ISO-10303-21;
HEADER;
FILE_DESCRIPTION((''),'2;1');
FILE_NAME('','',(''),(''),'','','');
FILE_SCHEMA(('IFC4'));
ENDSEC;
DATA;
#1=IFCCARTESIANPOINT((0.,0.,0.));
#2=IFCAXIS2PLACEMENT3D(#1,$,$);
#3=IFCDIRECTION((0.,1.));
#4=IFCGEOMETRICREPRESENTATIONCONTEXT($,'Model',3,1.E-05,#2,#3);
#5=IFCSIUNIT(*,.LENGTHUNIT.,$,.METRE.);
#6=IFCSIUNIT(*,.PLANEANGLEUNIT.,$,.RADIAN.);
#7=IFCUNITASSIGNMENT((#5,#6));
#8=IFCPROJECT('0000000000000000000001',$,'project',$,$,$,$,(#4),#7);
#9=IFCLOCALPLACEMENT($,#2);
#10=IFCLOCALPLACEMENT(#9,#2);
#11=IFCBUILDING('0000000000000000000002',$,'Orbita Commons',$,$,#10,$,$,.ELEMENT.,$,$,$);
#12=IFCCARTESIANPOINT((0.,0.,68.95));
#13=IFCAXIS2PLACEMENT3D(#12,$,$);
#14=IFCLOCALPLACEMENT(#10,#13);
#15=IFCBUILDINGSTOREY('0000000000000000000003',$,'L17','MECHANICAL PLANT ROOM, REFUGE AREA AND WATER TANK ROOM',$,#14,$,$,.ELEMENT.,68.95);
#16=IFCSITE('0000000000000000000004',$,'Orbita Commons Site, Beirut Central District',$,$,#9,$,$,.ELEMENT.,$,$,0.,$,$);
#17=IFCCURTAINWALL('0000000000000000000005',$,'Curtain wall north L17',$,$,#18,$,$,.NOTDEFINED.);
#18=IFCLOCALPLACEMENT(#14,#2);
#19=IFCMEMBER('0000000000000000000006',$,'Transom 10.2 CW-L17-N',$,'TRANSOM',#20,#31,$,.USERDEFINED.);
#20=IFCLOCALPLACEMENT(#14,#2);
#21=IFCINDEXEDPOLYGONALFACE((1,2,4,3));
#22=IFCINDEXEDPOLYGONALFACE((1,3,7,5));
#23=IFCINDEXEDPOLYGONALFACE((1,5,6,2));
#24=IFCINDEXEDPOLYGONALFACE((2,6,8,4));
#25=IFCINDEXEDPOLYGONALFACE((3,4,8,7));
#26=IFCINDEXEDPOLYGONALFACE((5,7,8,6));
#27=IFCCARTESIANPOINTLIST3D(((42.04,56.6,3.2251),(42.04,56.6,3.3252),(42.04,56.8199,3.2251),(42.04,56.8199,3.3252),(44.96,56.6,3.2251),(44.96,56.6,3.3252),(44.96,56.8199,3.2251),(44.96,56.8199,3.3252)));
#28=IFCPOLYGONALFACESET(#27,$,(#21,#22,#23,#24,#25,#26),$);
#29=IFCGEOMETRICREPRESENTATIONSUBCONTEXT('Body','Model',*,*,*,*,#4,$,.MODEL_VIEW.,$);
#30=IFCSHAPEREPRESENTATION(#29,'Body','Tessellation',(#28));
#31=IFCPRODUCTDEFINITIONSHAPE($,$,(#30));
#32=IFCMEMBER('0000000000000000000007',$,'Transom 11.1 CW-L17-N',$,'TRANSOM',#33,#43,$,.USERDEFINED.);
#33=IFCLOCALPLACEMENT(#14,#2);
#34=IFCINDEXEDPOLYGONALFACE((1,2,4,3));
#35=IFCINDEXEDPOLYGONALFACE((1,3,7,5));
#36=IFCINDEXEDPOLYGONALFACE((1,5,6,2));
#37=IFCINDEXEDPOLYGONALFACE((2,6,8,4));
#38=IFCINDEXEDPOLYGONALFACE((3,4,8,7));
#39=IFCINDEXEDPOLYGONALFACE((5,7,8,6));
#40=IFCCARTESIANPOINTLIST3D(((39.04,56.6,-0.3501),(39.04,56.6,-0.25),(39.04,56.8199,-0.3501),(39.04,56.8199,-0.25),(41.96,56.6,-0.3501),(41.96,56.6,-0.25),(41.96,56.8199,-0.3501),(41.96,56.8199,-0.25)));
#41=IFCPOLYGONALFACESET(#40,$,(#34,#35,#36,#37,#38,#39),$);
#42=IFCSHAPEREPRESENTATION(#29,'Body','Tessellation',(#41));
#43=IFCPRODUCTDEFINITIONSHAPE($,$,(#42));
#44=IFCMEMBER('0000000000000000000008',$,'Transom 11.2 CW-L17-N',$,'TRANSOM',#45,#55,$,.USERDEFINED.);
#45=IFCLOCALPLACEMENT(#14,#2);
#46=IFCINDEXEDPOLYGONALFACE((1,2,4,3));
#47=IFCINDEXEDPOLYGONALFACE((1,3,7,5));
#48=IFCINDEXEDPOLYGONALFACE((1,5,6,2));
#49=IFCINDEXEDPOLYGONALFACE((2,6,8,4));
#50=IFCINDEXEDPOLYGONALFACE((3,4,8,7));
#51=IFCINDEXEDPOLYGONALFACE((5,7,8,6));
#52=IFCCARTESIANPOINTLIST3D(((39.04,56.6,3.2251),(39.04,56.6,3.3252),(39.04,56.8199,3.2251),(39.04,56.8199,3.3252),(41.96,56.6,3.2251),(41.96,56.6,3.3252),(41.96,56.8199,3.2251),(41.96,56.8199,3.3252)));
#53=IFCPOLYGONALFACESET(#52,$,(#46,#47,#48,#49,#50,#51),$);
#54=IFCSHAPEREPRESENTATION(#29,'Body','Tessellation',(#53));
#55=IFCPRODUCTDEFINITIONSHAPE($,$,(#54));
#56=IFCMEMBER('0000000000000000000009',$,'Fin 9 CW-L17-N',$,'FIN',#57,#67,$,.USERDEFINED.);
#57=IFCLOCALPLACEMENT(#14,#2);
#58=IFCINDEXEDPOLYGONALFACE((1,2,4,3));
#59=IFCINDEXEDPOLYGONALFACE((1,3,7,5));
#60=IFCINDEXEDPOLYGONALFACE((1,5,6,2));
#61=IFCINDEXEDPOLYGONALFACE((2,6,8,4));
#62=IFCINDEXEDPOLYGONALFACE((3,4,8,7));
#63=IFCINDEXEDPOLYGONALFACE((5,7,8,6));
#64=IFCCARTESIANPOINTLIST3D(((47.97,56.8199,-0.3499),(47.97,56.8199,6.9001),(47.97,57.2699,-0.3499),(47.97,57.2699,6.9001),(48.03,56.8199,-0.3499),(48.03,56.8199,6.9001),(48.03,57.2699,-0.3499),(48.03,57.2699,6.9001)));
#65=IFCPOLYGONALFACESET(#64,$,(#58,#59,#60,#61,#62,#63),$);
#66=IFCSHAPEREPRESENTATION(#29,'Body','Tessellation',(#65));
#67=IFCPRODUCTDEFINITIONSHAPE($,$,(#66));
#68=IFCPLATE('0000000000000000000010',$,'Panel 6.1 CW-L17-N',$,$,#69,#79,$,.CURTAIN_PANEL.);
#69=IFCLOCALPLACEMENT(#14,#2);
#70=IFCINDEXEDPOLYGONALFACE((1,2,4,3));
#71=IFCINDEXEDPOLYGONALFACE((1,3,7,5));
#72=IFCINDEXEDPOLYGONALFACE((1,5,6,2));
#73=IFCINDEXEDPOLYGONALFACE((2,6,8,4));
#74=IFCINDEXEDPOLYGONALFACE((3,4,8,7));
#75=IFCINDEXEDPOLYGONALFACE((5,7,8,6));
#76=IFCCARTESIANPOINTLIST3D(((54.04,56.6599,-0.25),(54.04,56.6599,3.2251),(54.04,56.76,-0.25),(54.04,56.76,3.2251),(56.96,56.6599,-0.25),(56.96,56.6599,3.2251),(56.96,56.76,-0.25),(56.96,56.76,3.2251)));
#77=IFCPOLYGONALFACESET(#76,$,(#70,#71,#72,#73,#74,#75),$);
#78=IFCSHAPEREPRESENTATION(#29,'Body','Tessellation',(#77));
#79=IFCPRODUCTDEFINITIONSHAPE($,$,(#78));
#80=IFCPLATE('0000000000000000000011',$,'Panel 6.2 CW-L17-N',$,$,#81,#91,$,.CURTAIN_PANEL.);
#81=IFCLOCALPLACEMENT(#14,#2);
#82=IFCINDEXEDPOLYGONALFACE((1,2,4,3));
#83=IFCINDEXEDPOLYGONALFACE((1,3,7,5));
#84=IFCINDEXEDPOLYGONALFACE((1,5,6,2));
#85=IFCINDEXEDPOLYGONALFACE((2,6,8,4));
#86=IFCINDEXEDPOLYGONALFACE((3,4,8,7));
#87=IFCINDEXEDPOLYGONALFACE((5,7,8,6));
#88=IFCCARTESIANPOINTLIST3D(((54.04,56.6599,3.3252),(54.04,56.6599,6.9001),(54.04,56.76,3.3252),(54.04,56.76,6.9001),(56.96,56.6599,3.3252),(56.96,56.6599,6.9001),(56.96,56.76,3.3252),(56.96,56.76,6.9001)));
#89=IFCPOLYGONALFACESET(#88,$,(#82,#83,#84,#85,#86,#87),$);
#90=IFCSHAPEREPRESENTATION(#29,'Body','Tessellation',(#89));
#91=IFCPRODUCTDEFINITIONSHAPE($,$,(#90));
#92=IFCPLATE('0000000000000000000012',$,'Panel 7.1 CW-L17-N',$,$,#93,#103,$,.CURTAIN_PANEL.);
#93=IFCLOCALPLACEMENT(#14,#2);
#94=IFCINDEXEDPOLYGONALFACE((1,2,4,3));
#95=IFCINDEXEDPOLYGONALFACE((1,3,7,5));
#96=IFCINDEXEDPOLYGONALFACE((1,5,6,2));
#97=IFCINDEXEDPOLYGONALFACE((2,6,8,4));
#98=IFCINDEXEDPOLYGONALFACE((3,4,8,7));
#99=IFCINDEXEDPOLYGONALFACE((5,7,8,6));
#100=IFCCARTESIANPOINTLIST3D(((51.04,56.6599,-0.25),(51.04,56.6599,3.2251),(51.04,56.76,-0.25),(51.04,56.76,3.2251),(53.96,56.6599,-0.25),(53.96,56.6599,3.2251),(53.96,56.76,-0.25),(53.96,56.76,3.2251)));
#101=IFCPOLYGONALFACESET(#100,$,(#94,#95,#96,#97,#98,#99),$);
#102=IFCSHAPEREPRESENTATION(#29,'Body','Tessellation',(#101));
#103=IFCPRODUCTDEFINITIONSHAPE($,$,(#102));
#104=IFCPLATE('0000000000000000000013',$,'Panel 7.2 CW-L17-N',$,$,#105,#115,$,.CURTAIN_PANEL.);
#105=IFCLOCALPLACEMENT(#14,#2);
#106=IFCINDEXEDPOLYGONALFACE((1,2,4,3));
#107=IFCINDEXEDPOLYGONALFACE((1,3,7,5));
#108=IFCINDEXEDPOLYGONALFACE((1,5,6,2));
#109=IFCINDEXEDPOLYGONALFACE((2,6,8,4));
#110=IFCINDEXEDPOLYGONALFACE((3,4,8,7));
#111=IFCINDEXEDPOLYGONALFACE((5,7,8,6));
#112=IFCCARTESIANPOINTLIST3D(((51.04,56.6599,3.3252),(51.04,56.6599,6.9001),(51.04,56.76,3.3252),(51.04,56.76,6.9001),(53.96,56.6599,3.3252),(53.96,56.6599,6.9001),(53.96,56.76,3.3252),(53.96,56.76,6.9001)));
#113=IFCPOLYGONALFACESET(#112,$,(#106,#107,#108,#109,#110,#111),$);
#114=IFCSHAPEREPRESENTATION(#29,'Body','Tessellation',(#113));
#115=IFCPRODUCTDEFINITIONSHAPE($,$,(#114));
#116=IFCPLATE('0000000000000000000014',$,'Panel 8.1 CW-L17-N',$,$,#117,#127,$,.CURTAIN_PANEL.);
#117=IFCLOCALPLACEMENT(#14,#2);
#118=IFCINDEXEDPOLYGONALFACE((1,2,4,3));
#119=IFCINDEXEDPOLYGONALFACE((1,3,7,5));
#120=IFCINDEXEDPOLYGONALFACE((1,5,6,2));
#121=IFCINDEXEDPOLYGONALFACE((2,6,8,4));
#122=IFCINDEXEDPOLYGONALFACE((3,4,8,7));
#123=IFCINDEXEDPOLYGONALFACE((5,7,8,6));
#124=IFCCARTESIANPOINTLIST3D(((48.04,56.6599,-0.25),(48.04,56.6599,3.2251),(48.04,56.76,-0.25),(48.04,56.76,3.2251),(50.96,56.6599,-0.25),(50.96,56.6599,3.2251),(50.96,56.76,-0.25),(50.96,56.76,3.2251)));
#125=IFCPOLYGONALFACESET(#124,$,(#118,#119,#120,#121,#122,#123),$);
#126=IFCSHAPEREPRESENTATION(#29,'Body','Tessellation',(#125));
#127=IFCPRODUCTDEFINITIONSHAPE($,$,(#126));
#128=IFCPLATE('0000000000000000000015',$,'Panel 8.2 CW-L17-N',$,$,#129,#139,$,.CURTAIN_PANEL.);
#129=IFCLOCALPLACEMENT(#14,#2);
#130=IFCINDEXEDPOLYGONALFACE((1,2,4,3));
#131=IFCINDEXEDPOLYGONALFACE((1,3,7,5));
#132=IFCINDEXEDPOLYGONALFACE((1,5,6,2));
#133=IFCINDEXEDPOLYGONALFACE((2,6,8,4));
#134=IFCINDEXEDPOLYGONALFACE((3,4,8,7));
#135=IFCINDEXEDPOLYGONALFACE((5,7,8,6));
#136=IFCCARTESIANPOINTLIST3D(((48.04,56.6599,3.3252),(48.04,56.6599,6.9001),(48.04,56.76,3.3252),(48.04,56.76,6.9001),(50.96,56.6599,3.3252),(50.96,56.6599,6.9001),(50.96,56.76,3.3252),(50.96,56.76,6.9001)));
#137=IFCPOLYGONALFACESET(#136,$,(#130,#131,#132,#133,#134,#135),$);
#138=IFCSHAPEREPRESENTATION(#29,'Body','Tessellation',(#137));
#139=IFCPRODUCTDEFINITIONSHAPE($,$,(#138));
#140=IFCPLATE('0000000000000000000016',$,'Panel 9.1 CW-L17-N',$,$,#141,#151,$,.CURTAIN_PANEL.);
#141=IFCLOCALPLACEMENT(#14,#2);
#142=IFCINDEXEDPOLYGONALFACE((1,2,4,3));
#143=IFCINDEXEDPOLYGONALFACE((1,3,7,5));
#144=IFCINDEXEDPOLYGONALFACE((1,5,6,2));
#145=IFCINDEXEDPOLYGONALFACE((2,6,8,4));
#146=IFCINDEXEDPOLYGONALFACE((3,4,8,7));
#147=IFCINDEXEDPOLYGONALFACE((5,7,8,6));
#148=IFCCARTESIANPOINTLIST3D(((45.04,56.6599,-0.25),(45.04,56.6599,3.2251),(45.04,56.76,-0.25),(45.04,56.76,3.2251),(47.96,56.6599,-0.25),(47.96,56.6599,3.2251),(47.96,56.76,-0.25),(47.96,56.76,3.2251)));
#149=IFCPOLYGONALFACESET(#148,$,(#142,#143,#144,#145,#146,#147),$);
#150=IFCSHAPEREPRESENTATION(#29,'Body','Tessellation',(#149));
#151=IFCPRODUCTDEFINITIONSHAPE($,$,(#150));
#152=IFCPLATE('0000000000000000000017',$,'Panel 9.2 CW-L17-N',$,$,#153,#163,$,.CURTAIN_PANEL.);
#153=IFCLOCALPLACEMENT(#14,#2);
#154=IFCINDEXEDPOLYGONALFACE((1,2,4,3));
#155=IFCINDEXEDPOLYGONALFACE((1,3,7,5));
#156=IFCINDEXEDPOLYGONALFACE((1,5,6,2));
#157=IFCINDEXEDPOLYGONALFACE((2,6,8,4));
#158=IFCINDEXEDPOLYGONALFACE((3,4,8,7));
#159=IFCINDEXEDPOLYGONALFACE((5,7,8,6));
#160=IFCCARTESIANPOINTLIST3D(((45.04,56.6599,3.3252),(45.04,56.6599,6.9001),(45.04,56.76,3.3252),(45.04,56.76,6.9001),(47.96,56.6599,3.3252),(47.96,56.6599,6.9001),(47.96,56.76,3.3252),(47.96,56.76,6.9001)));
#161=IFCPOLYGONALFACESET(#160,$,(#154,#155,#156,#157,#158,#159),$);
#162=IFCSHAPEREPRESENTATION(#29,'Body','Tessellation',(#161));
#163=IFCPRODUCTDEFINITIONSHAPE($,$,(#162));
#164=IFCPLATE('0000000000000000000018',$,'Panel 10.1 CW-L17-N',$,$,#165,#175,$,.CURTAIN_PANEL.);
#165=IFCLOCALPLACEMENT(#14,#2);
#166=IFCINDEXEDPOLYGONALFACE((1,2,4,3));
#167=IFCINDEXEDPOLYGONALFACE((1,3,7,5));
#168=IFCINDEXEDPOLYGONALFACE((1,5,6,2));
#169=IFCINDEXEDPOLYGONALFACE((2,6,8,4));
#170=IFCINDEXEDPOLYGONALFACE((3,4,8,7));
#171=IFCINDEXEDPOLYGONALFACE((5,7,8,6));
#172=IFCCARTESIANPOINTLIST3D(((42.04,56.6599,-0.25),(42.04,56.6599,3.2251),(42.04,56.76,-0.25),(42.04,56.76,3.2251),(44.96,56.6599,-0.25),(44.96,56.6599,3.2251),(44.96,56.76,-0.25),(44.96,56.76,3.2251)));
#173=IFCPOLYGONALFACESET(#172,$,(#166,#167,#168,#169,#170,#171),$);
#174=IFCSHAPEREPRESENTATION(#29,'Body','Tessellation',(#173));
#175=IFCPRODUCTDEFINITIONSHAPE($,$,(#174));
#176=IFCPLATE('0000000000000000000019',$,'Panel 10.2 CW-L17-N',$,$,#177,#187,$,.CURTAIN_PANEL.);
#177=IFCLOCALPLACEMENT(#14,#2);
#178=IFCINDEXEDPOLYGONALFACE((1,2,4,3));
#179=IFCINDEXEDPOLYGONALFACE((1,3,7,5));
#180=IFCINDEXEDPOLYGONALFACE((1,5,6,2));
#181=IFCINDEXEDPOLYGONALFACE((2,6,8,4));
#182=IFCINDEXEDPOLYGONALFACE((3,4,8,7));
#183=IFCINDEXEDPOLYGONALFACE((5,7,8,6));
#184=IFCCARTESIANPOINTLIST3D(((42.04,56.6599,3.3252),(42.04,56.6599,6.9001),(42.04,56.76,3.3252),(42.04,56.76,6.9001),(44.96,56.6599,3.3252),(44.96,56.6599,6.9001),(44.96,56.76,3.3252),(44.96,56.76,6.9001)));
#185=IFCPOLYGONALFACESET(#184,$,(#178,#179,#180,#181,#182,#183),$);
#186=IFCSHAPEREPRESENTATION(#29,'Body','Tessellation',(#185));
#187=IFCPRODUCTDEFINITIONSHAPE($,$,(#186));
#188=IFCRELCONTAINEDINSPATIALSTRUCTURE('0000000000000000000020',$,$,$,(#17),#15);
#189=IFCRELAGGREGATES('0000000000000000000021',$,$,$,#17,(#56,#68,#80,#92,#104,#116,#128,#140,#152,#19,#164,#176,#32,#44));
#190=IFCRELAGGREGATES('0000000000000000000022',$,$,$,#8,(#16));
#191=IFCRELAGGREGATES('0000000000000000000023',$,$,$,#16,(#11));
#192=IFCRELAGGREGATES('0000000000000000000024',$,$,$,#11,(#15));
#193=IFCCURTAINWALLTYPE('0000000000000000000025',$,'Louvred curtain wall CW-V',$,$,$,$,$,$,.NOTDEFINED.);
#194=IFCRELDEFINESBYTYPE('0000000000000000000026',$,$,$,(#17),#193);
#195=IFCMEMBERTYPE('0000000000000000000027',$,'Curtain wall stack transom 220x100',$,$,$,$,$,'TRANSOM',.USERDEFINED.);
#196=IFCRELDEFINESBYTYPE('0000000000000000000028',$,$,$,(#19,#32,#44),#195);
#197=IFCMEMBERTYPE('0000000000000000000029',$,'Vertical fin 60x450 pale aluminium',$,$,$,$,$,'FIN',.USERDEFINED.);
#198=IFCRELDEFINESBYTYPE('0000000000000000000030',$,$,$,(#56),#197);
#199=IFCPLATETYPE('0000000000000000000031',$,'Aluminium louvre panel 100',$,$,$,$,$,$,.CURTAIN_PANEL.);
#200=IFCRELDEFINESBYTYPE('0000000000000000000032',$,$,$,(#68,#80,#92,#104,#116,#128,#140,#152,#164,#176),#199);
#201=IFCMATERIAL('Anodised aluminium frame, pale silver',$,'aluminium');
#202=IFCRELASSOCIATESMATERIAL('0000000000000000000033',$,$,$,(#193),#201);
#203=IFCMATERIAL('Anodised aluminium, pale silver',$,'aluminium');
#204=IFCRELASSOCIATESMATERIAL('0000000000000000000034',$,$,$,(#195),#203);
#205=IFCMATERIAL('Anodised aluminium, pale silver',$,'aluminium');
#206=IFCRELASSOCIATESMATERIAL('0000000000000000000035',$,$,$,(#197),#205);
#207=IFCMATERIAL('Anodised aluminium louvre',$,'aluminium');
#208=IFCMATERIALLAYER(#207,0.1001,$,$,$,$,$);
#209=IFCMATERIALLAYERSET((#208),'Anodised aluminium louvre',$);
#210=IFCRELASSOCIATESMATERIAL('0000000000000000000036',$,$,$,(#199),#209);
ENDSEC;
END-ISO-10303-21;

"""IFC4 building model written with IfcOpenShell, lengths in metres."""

from ifc_helpers import new_model, si_unit, direction, frame, origin, origin_2d, place, context, subcontext, project, spatial, rectangle, extrude, material, layer, layer_set, material_profile, profile_set, type_object, element, aggregate, save


model = new_model("IFC4")

# Units and contexts
model_context = context("Model", 3, precision=1e-05, world=origin(), true_north=direction((0.0, 1.0)))
body_context = subcontext(model_context, "Body", "Model", "MODEL_VIEW")
ifc_project = project(units=[si_unit("LENGTHUNIT", "METRE"), si_unit("PLANEANGLEUNIT", "RADIAN")], contexts=[model_context])

# Site, building, storey
site_placement = place(None, origin())
site = spatial("IfcSite", under=ifc_project, at=site_placement, Name="Orbita Commons Site, Beirut Central District", CompositionType="ELEMENT", RefElevation=0.0)
building_placement = place(site_placement, origin())
building = spatial("IfcBuilding", under=site, at=building_placement, Name="Orbita Commons", CompositionType="ELEMENT")
storey_placement = place(building_placement, frame((0.0, 0.0, 68.95)))
storey = spatial("IfcBuildingStorey", under=building, at=storey_placement, Name="L17", Description="MECHANICAL PLANT ROOM, REFUGE AREA AND WATER TANK ROOM", CompositionType="ELEMENT", Elevation=68.95)

# Curtain wall, members, plates
ifc_material_1 = material(Name="Anodised aluminium frame, pale silver", Category="aluminium")
curtain_wall_type = type_object("IfcCurtainWallType", Name="Louvred curtain wall CW-V", PredefinedType="NOTDEFINED", material=ifc_material_1)
curtain_wall_placement = place(storey_placement, origin())
curtain_wall = element("IfcCurtainWall", 1, at=curtain_wall_placement, inside=storey, type_object=curtain_wall_type, Name="Curtain wall north L17", PredefinedType="NOTDEFINED")
ifc_material_2 = material(Name="Anodised aluminium, pale silver", Category="aluminium")
ifc_material_profile_1 = material_profile(ifc_material_2, rectangle(XDim=0.22, YDim=0.1001, at=origin_2d()), Name="AL 220x100")
ifc_profile_set_1 = profile_set([ifc_material_profile_1], Name="Anodised aluminium, pale silver")
member_type_1 = type_object("IfcMemberType", Name="Curtain wall stack transom 220x100", ElementType="TRANSOM", PredefinedType="USERDEFINED", material=ifc_profile_set_1)
member_1_placement = place(storey_placement, frame((44.96, 56.71, 3.2751), z_axis=(-1.0, 0.0, 0.0), x_axis=(0.0, -1.0, 0.0)))
member_1 = element("IfcMember", 2, at=member_1_placement, type_object=member_type_1, Name="Transom 10.2 CW-L17-N", ObjectType="TRANSOM", PredefinedType="USERDEFINED", context=body_context, shape_type="SweptSolid", body=[
    extrude(rectangle(XDim=0.22, YDim=0.1001, at=origin_2d()), origin(), (0.0, 0.0, 1.0), 2.9199),
])
member_2_placement = place(storey_placement, frame((41.96, 56.71, -0.3), z_axis=(-1.0, 0.0, 0.0), x_axis=(0.0, -1.0, 0.0)))
member_2 = element("IfcMember", 3, at=member_2_placement, type_object=member_type_1, Name="Transom 11.1 CW-L17-N", ObjectType="TRANSOM", PredefinedType="USERDEFINED", context=body_context, shape_type="SweptSolid", body=[
    extrude(rectangle(XDim=0.22, YDim=0.1001, at=origin_2d()), origin(), (0.0, 0.0, 1.0), 2.9199),
])
member_3_placement = place(storey_placement, frame((41.96, 56.71, 3.2751), z_axis=(-1.0, 0.0, 0.0), x_axis=(0.0, -1.0, 0.0)))
member_3 = element("IfcMember", 4, at=member_3_placement, type_object=member_type_1, Name="Transom 11.2 CW-L17-N", ObjectType="TRANSOM", PredefinedType="USERDEFINED", context=body_context, shape_type="SweptSolid", body=[
    extrude(rectangle(XDim=0.22, YDim=0.1001, at=origin_2d()), origin(), (0.0, 0.0, 1.0), 2.9199),
])
ifc_material_3 = material(Name="Anodised aluminium, pale silver", Category="aluminium")
ifc_material_profile_2 = material_profile(ifc_material_3, rectangle(XDim=0.0601, YDim=0.45, at=origin_2d()), Name="FIN 60x450")
ifc_profile_set_2 = profile_set([ifc_material_profile_2], Name="Anodised aluminium, pale silver")
member_type_2 = type_object("IfcMemberType", Name="Vertical fin 60x450 pale aluminium", ElementType="FIN", PredefinedType="USERDEFINED", material=ifc_profile_set_2)
member_4_placement = place(storey_placement, frame((48.0, 57.0449, -0.3499), z_axis=(0.0, 0.0, 1.0), x_axis=(-1.0, 0.0, 0.0)))
member_4 = element("IfcMember", 5, at=member_4_placement, type_object=member_type_2, Name="Fin 9 CW-L17-N", ObjectType="FIN", PredefinedType="USERDEFINED", context=body_context, shape_type="SweptSolid", body=[
    extrude(rectangle(XDim=0.0601, YDim=0.45, at=origin_2d()), origin(), (0.0, 0.0, 1.0), 7.25),
])
ifc_material_4 = material(Name="Anodised aluminium louvre", Category="aluminium")
ifc_layer = layer(ifc_material_4, 0.1001)
ifc_layer_set = layer_set([ifc_layer], Name="Anodised aluminium louvre")
plate_type = type_object("IfcPlateType", Name="Aluminium louvre panel 100", PredefinedType="CURTAIN_PANEL", material=ifc_layer_set)
plate_1_placement = place(storey_placement, frame((55.5, 56.71, -0.25), z_axis=(0.0, 0.0, 1.0), x_axis=(-1.0, 0.0, 0.0)))
plate_1 = element("IfcPlate", 6, at=plate_1_placement, type_object=plate_type, Name="Panel 6.1 CW-L17-N", PredefinedType="CURTAIN_PANEL", context=body_context, shape_type="SweptSolid", body=[
    extrude(rectangle(XDim=2.9199, YDim=0.1001, at=origin_2d()), origin(), (0.0, 0.0, 1.0), 3.4751),
])
plate_2_placement = place(storey_placement, frame((55.5, 56.71, 3.3252), z_axis=(0.0, 0.0, 1.0), x_axis=(-1.0, 0.0, 0.0)))
plate_2 = element("IfcPlate", 7, at=plate_2_placement, type_object=plate_type, Name="Panel 6.2 CW-L17-N", PredefinedType="CURTAIN_PANEL", context=body_context, shape_type="SweptSolid", body=[
    extrude(rectangle(XDim=2.9199, YDim=0.1001, at=origin_2d()), origin(), (0.0, 0.0, 1.0), 3.575),
])
plate_3_placement = place(storey_placement, frame((52.5, 56.71, -0.25), z_axis=(0.0, 0.0, 1.0), x_axis=(-1.0, 0.0, 0.0)))
plate_3 = element("IfcPlate", 8, at=plate_3_placement, type_object=plate_type, Name="Panel 7.1 CW-L17-N", PredefinedType="CURTAIN_PANEL", context=body_context, shape_type="SweptSolid", body=[
    extrude(rectangle(XDim=2.9199, YDim=0.1001, at=origin_2d()), origin(), (0.0, 0.0, 1.0), 3.4751),
])
plate_4_placement = place(storey_placement, frame((52.5, 56.71, 3.3252), z_axis=(0.0, 0.0, 1.0), x_axis=(-1.0, 0.0, 0.0)))
plate_4 = element("IfcPlate", 9, at=plate_4_placement, type_object=plate_type, Name="Panel 7.2 CW-L17-N", PredefinedType="CURTAIN_PANEL", context=body_context, shape_type="SweptSolid", body=[
    extrude(rectangle(XDim=2.9199, YDim=0.1001, at=origin_2d()), origin(), (0.0, 0.0, 1.0), 3.575),
])
plate_5_placement = place(storey_placement, frame((49.5, 56.71, -0.25), z_axis=(0.0, 0.0, 1.0), x_axis=(-1.0, 0.0, 0.0)))
plate_5 = element("IfcPlate", 10, at=plate_5_placement, type_object=plate_type, Name="Panel 8.1 CW-L17-N", PredefinedType="CURTAIN_PANEL", context=body_context, shape_type="SweptSolid", body=[
    extrude(rectangle(XDim=2.9199, YDim=0.1001, at=origin_2d()), origin(), (0.0, 0.0, 1.0), 3.4751),
])
plate_6_placement = place(storey_placement, frame((49.5, 56.71, 3.3252), z_axis=(0.0, 0.0, 1.0), x_axis=(-1.0, 0.0, 0.0)))
plate_6 = element("IfcPlate", 11, at=plate_6_placement, type_object=plate_type, Name="Panel 8.2 CW-L17-N", PredefinedType="CURTAIN_PANEL", context=body_context, shape_type="SweptSolid", body=[
    extrude(rectangle(XDim=2.9199, YDim=0.1001, at=origin_2d()), origin(), (0.0, 0.0, 1.0), 3.575),
])
plate_7_placement = place(storey_placement, frame((46.5, 56.71, -0.25), z_axis=(0.0, 0.0, 1.0), x_axis=(-1.0, 0.0, 0.0)))
plate_7 = element("IfcPlate", 12, at=plate_7_placement, type_object=plate_type, Name="Panel 9.1 CW-L17-N", PredefinedType="CURTAIN_PANEL", context=body_context, shape_type="SweptSolid", body=[
    extrude(rectangle(XDim=2.9199, YDim=0.1001, at=origin_2d()), origin(), (0.0, 0.0, 1.0), 3.4751),
])
plate_8_placement = place(storey_placement, frame((46.5, 56.71, 3.3252), z_axis=(0.0, 0.0, 1.0), x_axis=(-1.0, 0.0, 0.0)))
plate_8 = element("IfcPlate", 13, at=plate_8_placement, type_object=plate_type, Name="Panel 9.2 CW-L17-N", PredefinedType="CURTAIN_PANEL", context=body_context, shape_type="SweptSolid", body=[
    extrude(rectangle(XDim=2.9199, YDim=0.1001, at=origin_2d()), origin(), (0.0, 0.0, 1.0), 3.575),
])
plate_9_placement = place(storey_placement, frame((43.5, 56.71, -0.25), z_axis=(0.0, 0.0, 1.0), x_axis=(-1.0, 0.0, 0.0)))
plate_9 = element("IfcPlate", 14, at=plate_9_placement, type_object=plate_type, Name="Panel 10.1 CW-L17-N", PredefinedType="CURTAIN_PANEL", context=body_context, shape_type="SweptSolid", body=[
    extrude(rectangle(XDim=2.9199, YDim=0.1001, at=origin_2d()), origin(), (0.0, 0.0, 1.0), 3.4751),
])
plate_10_placement = place(storey_placement, frame((43.5, 56.71, 3.3252), z_axis=(0.0, 0.0, 1.0), x_axis=(-1.0, 0.0, 0.0)))
plate_10 = element("IfcPlate", 15, at=plate_10_placement, type_object=plate_type, Name="Panel 10.2 CW-L17-N", PredefinedType="CURTAIN_PANEL", context=body_context, shape_type="SweptSolid", body=[
    extrude(rectangle(XDim=2.9199, YDim=0.1001, at=origin_2d()), origin(), (0.0, 0.0, 1.0), 3.575),
])
aggregate(curtain_wall, [member_4, plate_1, plate_2, plate_3, plate_4, plate_5, plate_6, plate_7, plate_8, member_1, plate_9, plate_10, member_2, member_3])

save(model, "model.ifc")
